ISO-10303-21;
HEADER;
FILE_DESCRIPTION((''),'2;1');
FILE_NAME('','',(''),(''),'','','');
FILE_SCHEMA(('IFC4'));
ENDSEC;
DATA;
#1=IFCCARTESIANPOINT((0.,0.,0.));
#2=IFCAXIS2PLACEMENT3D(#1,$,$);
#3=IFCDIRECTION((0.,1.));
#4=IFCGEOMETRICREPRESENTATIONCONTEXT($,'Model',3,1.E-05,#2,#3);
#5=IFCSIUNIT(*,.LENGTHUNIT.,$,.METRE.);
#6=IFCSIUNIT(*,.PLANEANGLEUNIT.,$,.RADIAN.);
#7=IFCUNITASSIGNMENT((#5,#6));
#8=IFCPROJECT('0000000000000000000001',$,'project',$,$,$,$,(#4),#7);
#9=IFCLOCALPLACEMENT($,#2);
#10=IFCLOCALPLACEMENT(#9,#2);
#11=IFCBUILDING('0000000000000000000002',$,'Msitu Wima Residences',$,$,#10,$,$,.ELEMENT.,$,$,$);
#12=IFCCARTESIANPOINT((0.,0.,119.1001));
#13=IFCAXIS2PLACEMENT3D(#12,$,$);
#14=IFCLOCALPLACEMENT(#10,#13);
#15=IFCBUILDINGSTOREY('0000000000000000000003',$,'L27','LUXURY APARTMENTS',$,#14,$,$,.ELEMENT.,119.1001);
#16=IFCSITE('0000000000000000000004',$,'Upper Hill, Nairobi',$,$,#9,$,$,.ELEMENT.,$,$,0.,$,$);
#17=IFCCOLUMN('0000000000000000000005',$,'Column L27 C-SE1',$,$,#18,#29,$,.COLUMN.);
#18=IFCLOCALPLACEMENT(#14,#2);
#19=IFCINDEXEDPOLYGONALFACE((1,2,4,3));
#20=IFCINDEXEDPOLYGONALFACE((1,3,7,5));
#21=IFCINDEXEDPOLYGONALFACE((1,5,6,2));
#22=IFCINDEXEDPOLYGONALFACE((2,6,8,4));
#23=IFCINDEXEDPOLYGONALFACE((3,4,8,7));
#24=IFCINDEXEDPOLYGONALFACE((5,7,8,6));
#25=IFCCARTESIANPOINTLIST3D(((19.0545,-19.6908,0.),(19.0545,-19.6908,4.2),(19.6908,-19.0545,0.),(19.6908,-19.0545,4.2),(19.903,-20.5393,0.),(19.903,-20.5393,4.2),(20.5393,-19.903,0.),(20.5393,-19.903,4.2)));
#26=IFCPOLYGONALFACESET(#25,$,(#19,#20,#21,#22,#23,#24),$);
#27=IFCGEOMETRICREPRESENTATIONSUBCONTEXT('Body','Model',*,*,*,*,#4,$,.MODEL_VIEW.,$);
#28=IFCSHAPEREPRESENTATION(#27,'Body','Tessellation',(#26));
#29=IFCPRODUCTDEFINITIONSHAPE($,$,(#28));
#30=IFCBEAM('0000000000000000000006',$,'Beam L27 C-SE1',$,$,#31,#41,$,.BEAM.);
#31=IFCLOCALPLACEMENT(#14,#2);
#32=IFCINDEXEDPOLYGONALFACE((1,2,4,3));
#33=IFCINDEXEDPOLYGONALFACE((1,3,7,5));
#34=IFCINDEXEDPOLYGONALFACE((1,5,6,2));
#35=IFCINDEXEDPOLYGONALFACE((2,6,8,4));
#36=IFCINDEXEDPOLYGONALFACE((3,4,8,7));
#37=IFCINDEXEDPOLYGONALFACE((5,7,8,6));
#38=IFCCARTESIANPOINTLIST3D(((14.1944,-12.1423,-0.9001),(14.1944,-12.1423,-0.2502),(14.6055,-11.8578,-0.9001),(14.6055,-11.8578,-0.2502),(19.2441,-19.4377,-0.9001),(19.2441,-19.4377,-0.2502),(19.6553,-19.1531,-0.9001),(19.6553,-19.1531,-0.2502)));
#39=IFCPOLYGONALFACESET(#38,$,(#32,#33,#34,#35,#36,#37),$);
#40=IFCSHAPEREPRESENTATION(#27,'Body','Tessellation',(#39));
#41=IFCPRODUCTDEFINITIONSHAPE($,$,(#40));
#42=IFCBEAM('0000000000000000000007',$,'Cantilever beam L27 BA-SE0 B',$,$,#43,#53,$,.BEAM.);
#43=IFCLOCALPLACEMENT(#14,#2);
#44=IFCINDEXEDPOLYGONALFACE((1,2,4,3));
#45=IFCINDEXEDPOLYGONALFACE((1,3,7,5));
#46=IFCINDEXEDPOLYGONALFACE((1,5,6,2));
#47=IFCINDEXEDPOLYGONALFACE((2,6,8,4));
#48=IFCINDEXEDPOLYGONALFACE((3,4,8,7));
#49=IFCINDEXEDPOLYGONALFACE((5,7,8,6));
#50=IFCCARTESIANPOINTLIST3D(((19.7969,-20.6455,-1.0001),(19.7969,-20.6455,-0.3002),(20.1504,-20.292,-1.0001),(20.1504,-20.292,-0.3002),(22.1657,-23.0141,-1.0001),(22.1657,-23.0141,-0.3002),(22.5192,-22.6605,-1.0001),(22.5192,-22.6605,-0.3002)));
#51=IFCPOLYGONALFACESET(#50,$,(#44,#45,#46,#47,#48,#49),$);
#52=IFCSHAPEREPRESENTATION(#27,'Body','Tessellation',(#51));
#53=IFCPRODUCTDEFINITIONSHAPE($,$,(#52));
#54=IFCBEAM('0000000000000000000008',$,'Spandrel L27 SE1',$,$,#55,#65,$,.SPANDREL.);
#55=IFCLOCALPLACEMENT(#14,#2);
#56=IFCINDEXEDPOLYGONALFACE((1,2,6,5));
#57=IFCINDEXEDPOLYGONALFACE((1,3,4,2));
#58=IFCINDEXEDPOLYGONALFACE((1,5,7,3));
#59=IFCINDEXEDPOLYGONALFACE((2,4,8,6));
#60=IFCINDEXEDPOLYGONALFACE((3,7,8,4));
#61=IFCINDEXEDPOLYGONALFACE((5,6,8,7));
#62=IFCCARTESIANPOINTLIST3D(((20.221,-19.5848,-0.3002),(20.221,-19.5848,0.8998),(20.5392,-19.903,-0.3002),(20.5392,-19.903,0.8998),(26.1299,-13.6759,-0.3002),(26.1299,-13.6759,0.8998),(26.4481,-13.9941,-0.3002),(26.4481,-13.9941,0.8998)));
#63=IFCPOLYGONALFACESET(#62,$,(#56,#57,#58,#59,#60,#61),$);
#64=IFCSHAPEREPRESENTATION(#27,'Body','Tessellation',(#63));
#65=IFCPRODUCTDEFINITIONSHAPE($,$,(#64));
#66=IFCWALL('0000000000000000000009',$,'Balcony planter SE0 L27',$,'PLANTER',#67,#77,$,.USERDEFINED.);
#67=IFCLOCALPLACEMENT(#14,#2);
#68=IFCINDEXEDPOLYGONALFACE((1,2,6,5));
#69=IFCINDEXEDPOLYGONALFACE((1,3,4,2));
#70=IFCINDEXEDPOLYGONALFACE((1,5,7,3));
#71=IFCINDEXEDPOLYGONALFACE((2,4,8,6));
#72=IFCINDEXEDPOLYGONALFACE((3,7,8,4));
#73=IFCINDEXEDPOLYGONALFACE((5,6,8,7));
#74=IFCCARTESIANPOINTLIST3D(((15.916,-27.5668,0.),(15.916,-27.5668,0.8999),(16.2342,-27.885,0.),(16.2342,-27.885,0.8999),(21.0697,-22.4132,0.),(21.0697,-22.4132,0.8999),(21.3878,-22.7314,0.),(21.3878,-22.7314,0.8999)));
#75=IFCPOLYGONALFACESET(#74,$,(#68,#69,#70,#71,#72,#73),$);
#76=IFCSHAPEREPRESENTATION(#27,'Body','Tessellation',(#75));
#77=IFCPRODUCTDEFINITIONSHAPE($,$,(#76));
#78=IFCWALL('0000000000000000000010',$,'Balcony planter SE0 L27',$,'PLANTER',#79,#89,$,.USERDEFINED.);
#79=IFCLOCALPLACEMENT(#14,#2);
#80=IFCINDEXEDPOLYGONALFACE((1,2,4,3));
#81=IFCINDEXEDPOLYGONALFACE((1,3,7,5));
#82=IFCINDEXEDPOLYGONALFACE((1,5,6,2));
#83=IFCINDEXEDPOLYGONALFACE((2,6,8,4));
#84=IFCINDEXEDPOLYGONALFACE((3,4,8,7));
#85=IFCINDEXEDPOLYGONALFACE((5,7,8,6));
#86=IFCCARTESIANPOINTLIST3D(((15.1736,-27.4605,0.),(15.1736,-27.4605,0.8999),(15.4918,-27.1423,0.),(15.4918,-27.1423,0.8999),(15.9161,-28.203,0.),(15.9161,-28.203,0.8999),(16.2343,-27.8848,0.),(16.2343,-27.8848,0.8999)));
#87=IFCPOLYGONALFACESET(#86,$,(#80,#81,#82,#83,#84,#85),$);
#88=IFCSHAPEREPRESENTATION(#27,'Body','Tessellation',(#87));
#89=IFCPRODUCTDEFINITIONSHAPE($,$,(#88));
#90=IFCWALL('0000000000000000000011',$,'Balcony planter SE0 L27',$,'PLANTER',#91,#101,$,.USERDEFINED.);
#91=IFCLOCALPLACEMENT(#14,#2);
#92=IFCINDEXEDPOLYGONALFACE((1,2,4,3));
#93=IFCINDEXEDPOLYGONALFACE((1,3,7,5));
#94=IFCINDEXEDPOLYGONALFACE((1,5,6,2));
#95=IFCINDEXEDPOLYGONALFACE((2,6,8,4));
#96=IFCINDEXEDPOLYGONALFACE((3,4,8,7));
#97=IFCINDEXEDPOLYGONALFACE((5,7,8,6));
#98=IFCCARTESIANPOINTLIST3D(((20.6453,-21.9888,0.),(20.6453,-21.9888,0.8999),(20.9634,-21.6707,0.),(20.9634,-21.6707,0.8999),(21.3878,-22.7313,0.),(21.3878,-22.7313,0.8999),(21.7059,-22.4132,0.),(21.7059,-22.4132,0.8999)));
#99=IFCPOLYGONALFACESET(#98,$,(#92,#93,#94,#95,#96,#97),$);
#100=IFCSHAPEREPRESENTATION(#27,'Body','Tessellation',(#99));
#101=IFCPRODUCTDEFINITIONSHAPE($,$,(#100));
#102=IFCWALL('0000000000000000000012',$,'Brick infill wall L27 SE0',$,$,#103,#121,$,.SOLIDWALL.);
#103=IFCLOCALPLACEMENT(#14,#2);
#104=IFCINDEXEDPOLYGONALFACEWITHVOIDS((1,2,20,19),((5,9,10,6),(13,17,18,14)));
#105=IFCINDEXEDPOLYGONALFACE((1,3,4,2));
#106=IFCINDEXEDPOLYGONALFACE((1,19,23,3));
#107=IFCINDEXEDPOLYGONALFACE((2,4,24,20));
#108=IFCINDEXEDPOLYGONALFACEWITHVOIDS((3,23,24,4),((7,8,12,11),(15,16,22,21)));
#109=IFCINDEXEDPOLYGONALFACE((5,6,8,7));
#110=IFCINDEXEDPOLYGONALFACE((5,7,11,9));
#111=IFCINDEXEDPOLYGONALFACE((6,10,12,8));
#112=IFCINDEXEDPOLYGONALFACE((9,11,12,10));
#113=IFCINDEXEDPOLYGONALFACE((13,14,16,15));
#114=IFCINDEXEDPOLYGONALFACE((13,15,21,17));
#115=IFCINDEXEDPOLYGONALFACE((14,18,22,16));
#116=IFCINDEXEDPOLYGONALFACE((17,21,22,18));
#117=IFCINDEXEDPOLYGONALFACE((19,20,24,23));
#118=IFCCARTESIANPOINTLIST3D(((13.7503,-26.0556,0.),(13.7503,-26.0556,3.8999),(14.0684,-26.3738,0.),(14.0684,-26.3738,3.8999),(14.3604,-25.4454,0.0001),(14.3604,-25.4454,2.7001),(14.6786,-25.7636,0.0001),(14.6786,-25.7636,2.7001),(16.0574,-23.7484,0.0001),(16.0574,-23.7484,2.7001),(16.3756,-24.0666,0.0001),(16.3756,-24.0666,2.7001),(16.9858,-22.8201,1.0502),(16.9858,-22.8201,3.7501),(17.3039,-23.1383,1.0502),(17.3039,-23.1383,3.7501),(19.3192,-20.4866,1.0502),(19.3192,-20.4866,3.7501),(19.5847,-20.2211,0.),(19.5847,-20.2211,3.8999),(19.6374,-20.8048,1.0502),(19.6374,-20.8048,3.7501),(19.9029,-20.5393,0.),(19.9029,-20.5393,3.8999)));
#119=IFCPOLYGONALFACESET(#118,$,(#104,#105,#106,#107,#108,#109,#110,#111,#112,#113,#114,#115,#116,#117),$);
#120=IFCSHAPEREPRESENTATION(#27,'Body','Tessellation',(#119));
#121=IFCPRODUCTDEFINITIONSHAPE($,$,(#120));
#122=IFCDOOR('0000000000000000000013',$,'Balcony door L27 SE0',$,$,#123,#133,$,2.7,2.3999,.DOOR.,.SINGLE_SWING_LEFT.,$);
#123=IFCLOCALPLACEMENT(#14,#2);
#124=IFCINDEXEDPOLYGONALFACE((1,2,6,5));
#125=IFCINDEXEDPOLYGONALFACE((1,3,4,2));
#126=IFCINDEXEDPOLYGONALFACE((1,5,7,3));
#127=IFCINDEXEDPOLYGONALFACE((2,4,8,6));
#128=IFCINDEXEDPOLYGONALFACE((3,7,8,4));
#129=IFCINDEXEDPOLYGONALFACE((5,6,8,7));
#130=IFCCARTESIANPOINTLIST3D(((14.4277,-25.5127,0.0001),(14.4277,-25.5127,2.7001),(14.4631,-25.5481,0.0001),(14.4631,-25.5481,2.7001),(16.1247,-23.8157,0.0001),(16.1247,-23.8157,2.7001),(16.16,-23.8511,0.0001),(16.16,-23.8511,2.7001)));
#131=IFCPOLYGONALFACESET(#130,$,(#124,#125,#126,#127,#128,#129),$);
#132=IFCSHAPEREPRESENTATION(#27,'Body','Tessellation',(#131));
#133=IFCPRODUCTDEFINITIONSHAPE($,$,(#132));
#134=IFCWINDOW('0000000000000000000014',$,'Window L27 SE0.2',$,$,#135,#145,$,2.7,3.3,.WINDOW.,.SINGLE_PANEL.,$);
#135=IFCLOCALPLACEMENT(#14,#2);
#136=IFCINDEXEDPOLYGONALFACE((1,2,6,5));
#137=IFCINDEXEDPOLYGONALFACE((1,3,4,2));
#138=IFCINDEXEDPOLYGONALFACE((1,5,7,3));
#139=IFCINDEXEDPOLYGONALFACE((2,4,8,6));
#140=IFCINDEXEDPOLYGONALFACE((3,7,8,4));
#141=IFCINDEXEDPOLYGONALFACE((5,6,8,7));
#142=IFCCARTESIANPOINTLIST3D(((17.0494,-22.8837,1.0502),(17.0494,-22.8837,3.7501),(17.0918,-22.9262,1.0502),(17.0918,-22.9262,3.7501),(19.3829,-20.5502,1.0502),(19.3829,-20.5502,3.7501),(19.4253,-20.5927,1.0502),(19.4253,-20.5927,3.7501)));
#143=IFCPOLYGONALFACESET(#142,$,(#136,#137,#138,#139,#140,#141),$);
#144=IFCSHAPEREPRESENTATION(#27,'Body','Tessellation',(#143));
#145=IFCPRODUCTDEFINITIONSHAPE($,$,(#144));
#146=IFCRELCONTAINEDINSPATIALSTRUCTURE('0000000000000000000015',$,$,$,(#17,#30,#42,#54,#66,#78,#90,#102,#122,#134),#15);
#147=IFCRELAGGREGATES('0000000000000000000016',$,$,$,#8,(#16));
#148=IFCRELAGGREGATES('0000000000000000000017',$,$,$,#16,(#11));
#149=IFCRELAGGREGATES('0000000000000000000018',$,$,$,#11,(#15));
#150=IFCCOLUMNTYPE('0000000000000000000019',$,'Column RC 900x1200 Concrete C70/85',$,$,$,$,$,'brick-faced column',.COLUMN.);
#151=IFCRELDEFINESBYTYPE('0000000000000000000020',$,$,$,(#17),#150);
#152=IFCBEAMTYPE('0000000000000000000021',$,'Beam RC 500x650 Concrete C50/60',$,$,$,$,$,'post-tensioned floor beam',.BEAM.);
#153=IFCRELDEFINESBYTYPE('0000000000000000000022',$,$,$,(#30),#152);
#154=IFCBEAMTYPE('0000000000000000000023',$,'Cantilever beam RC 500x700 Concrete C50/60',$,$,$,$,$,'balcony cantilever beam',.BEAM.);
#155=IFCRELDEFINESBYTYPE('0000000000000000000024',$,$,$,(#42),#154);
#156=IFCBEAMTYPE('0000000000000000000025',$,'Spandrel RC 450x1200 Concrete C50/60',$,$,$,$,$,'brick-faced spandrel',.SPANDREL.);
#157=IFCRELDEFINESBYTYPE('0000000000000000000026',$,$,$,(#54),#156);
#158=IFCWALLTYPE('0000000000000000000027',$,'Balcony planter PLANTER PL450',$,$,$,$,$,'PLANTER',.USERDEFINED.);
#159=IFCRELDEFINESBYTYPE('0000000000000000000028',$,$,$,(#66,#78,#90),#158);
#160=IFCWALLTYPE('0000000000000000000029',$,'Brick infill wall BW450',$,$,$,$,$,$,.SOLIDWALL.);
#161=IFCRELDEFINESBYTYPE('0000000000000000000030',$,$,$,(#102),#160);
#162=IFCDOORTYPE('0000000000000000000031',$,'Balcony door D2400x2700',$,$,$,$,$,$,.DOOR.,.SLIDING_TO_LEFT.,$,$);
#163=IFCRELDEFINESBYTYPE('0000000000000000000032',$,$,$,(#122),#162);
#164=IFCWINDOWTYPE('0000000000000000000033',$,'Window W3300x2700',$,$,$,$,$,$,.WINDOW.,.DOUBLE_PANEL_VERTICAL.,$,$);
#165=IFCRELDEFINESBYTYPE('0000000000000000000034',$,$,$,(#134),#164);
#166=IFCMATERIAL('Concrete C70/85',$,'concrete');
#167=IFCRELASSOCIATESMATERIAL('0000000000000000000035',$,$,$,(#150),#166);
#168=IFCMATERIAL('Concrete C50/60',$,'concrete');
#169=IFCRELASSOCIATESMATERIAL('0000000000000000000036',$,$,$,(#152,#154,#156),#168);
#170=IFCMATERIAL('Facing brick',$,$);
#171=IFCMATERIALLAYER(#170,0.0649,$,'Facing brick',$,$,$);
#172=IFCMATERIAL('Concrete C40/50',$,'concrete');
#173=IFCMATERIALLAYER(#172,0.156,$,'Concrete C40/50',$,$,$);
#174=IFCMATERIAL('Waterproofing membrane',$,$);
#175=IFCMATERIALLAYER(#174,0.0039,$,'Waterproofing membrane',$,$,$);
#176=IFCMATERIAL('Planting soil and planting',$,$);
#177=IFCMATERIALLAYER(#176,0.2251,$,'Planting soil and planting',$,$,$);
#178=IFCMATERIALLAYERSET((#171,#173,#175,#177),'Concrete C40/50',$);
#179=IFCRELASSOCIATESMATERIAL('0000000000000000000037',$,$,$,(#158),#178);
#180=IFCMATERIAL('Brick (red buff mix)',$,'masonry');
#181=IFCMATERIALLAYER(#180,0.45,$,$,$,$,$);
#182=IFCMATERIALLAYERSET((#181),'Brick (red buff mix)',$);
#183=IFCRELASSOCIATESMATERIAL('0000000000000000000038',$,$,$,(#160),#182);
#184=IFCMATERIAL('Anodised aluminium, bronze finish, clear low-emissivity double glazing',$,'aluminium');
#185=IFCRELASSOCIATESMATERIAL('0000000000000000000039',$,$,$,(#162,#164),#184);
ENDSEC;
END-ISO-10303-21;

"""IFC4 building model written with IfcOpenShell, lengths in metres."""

from ifc_helpers import new_model, si_unit, direction, frame, frame_2d, origin, origin_2d, place, context, subcontext, project, spatial, rectangle, extrude, material, layer, layer_set, material_profile, profile_set, type_object, element, fill, save


model = new_model("IFC4")

# Units and contexts
model_context = context("Model", 3, precision=1e-05, world=origin(), true_north=direction((0.0, 1.0)))
body_context = subcontext(model_context, "Body", "Model", "MODEL_VIEW")
ifc_project = project(units=[si_unit("LENGTHUNIT", "METRE"), si_unit("PLANEANGLEUNIT", "RADIAN")], contexts=[model_context])

# Site, building, storey
site_placement = place(None, origin())
site = spatial("IfcSite", under=ifc_project, at=site_placement, Name="Upper Hill, Nairobi", CompositionType="ELEMENT", RefElevation=0.0)
building_placement = place(site_placement, origin())
building = spatial("IfcBuilding", under=site, at=building_placement, Name="Msitu Wima Residences", CompositionType="ELEMENT")
storey_placement = place(building_placement, frame((0.0, 0.0, 119.1001)))
storey = spatial("IfcBuildingStorey", under=building, at=storey_placement, Name="L27", Description="LUXURY APARTMENTS", CompositionType="ELEMENT", Elevation=119.1001)

# Column
ifc_material_1 = material(Name="Concrete C70/85", Category="concrete")
ifc_material_profile_1 = material_profile(ifc_material_1, rectangle(XDim=0.8999, YDim=1.2, at=origin_2d()), Name="RC 900x1200")
ifc_profile_set_1 = profile_set([ifc_material_profile_1], Name="Concrete C70/85")
column_type = type_object("IfcColumnType", Name="Column RC 900x1200 Concrete C70/85", ElementType="brick-faced column", PredefinedType="COLUMN", material=ifc_profile_set_1)
column_placement = place(storey_placement, frame((19.7969, -19.7969, 0.0), z_axis=(0.0, 0.0, 1.0), x_axis=(0.707107, 0.707107, 0.0)))
element("IfcColumn", 1, at=column_placement, inside=storey, type_object=column_type, Name="Column L27 C-SE1", PredefinedType="COLUMN", context=body_context, shape_type="SweptSolid", body=[
    extrude(rectangle(XDim=0.8999, YDim=1.2, at=origin_2d()), origin(), (0.0, 0.0, 1.0), 4.2),
])

# Beams
ifc_material_2 = material(Name="Concrete C50/60", Category="concrete")
ifc_material_profile_2 = material_profile(ifc_material_2, rectangle(XDim=0.5, YDim=0.6499, at=origin_2d()), Name="RC 500x650")
ifc_profile_set_2 = profile_set([ifc_material_profile_2], Name="Concrete C50/60")
beam_type_1 = type_object("IfcBeamType", Name="Beam RC 500x650 Concrete C50/60", ElementType="post-tensioned floor beam", PredefinedType="BEAM", material=ifc_profile_set_2)
beam_1_placement = place(storey_placement, frame((19.4497, -19.2954, -0.5752), z_axis=(-0.569144, 0.822238, 0.0), x_axis=(-0.822238, -0.569144, 0.0)))
element("IfcBeam", 2, at=beam_1_placement, inside=storey, type_object=beam_type_1, Name="Beam L27 C-SE1", PredefinedType="BEAM", context=body_context, shape_type="SweptSolid", body=[
    extrude(rectangle(XDim=0.5, YDim=0.6499, at=origin_2d()), origin(), (0.0, 0.0, 1.0), 8.8726),
])
ifc_material_profile_3 = material_profile(ifc_material_2, rectangle(XDim=0.5, YDim=0.7, at=origin_2d()), Name="RC 500x700")
ifc_profile_set_3 = profile_set([ifc_material_profile_3], Name="Concrete C50/60")
beam_type_2 = type_object("IfcBeamType", Name="Cantilever beam RC 500x700 Concrete C50/60", ElementType="balcony cantilever beam", PredefinedType="BEAM", material=ifc_profile_set_3)
beam_2_placement = place(storey_placement, frame((19.9736, -20.4688, -0.6501), z_axis=(0.707143, -0.70707, 0.0), x_axis=(0.70707, 0.707143, 0.0)))
element("IfcBeam", 3, at=beam_2_placement, inside=storey, type_object=beam_type_2, Name="Cantilever beam L27 BA-SE0 B", PredefinedType="BEAM", context=body_context, shape_type="SweptSolid", body=[
    extrude(rectangle(XDim=0.5, YDim=0.7, at=origin_2d()), origin(), (0.0, 0.0, 1.0), 3.3499),
])
ifc_material_profile_4 = material_profile(ifc_material_2, rectangle(XDim=0.45, YDim=1.2, at=origin_2d()), Name="RC 450x1200")
ifc_profile_set_4 = profile_set([ifc_material_profile_4], Name="Concrete C50/60")
beam_type_3 = type_object("IfcBeamType", Name="Spandrel RC 450x1200 Concrete C50/60", ElementType="brick-faced spandrel", PredefinedType="SPANDREL", material=ifc_profile_set_4)
beam_3_placement = place(storey_placement, frame((20.3801, -19.7439, 0.2998), z_axis=(0.707107, 0.707107, 0.0), x_axis=(-0.707107, 0.707107, 0.0)))
element("IfcBeam", 4, at=beam_3_placement, inside=storey, type_object=beam_type_3, Name="Spandrel L27 SE1", PredefinedType="SPANDREL", context=body_context, shape_type="SweptSolid", body=[
    extrude(rectangle(XDim=0.45, YDim=1.2, at=origin_2d()), origin(), (0.0, 0.0, 1.0), 8.3564),
])

# Walls
ifc_material_3 = material(Name="Facing brick")
ifc_layer_1 = layer(ifc_material_3, 0.0649, Name="Facing brick")
ifc_material_4 = material(Name="Concrete C40/50", Category="concrete")
ifc_layer_2 = layer(ifc_material_4, 0.156, Name="Concrete C40/50")
ifc_material_5 = material(Name="Waterproofing membrane")
ifc_layer_3 = layer(ifc_material_5, 0.0039, Name="Waterproofing membrane")
ifc_material_6 = material(Name="Planting soil and planting")
ifc_layer_4 = layer(ifc_material_6, 0.2251, Name="Planting soil and planting")
ifc_layer_set_1 = layer_set([ifc_layer_1, ifc_layer_2, ifc_layer_3, ifc_layer_4], Name="Concrete C40/50")
wall_type_1 = type_object("IfcWallType", Name="Balcony planter PLANTER PL450", ElementType="PLANTER", PredefinedType="USERDEFINED", material=ifc_layer_set_1)
wall_1_placement = place(storey_placement, frame((16.0752, -27.7258, 0.0), z_axis=(0.0, 0.0, 1.0), x_axis=(0.707107, 0.707107, 0.0)))
element("IfcWall", 5, at=wall_1_placement, inside=storey, type_object=wall_type_1, Name="Balcony planter SE0 L27", ObjectType="PLANTER", PredefinedType="USERDEFINED", context=body_context, shape_type="SweptSolid", body=[
    extrude(rectangle(XDim=7.2883, YDim=0.45, at=frame_2d((3.644, 0.0))), origin(), (0.0, 0.0, 1.0), 0.8999),
])
for number, where, z_axis, x_axis, name in (
    (6, (15.3328, -27.3015, 0.0), (0.0, 0.0, 1.0), (0.707107, -0.707107, 0.0), "Balcony planter SE0 L27"),
    (7, (20.8044, -21.8298, 0.0), (0.0, 0.0, 1.0), (0.707107, -0.707107, 0.0), "Balcony planter SE0 L27"),
):
    element("IfcWall", number, at=place(storey_placement, frame(where, z_axis=z_axis, x_axis=x_axis)), inside=storey, type_object=wall_type_1, Name=name, ObjectType="PLANTER", PredefinedType="USERDEFINED", context=body_context, shape_type="SweptSolid", body=[
        extrude(rectangle(XDim=1.05, YDim=0.45, at=frame_2d((0.5249, 0.0))), origin(), (0.0, 0.0, 1.0), 0.8999),
    ])

# Wall, openings, door, window
ifc_material_7 = material(Name="Brick (red buff mix)", Category="masonry")
ifc_layer_5 = layer(ifc_material_7, 0.45)
ifc_layer_set_2 = layer_set([ifc_layer_5], Name="Brick (red buff mix)")
wall_type_2 = type_object("IfcWallType", Name="Brick infill wall BW450", PredefinedType="SOLIDWALL", material=ifc_layer_set_2)
wall_2_placement = place(storey_placement, frame((13.9094, -26.2146, 0.0), z_axis=(0.0, 0.0, 1.0), x_axis=(0.707107, 0.707107, 0.0)))
wall_2 = element("IfcWall", 8, at=wall_2_placement, inside=storey, type_object=wall_type_2, Name="Brick infill wall L27 SE0", PredefinedType="SOLIDWALL", context=body_context, shape_type="SweptSolid", body=[
    extrude(rectangle(XDim=8.2512, YDim=0.45, at=frame_2d((4.1255, 0.0))), origin(), (0.0, 0.0, 1.0), 3.8999),
])
opening_1_placement = place(wall_2_placement, frame((0.8628, 0.0, 0.0)))
opening_1 = element("IfcOpeningElement", 9, at=opening_1_placement, cuts=wall_2, PredefinedType="OPENING", context=body_context, shape_type="SweptSolid", body=[
    extrude(rectangle(XDim=2.3999, YDim=2.7, at=frame_2d((1.2, 1.3501))), frame((0.0, 0.2349, 0.0), z_axis=(0.0, -1.0, 0.0), x_axis=(1.0, 0.0, 0.0)), (0.0, 0.0, 1.0), 0.47),
])
opening_2_placement = place(wall_2_placement, frame((4.5757, 0.0, 1.05)))
opening_2 = element("IfcOpeningElement", 10, at=opening_2_placement, cuts=wall_2, PredefinedType="OPENING", context=body_context, shape_type="SweptSolid", body=[
    extrude(rectangle(XDim=3.3, YDim=2.7, at=frame_2d((1.6499, 1.3501))), frame((0.0, 0.2349, 0.0), z_axis=(0.0, -1.0, 0.0), x_axis=(1.0, 0.0, 0.0)), (0.0, 0.0, 1.0), 0.47),
])
ifc_material_8 = material(Name="Anodised aluminium, bronze finish, clear low-emissivity double glazing", Category="aluminium")
door_type = type_object("IfcDoorType", Name="Balcony door D2400x2700", OperationType="SLIDING_TO_LEFT", PredefinedType="DOOR", material=ifc_material_8)
door_placement = place(opening_1_placement, origin())
door = element("IfcDoor", 11, at=door_placement, inside=storey, type_object=door_type, Name="Balcony door L27 SE0", OperationType="SINGLE_SWING_LEFT", OverallHeight=2.7, OverallWidth=2.3999, PredefinedType="DOOR", context=body_context, shape_type="SweptSolid", body=[
    extrude(rectangle(XDim=2.3999, YDim=2.7, at=frame_2d((1.2, 1.3501))), frame((0.0, 0.1299, 0.0), z_axis=(0.0, -1.0, 0.0), x_axis=(1.0, 0.0, 0.0)), (0.0, 0.0, 1.0), 0.05),
])
fill(opening_1, door)
window_type = type_object("IfcWindowType", Name="Window W3300x2700", PartitioningType="DOUBLE_PANEL_VERTICAL", PredefinedType="WINDOW", material=ifc_material_8)
window_1_placement = place(opening_2_placement, origin())
window_1 = element("IfcWindow", 12, at=window_1_placement, inside=storey, type_object=window_type, Name="Window L27 SE0.2", OverallHeight=2.7, OverallWidth=3.3, PartitioningType="SINGLE_PANEL", PredefinedType="WINDOW", context=body_context, shape_type="SweptSolid", body=[
    extrude(rectangle(XDim=3.3, YDim=2.7, at=frame_2d((1.6499, 1.3501))), frame((0.0, 0.135, 0.0), z_axis=(0.0, -1.0, 0.0), x_axis=(1.0, 0.0, 0.0)), (0.0, 0.0, 1.0), 0.0601),
])
fill(opening_2, window_1)

save(model, "model.ifc")
